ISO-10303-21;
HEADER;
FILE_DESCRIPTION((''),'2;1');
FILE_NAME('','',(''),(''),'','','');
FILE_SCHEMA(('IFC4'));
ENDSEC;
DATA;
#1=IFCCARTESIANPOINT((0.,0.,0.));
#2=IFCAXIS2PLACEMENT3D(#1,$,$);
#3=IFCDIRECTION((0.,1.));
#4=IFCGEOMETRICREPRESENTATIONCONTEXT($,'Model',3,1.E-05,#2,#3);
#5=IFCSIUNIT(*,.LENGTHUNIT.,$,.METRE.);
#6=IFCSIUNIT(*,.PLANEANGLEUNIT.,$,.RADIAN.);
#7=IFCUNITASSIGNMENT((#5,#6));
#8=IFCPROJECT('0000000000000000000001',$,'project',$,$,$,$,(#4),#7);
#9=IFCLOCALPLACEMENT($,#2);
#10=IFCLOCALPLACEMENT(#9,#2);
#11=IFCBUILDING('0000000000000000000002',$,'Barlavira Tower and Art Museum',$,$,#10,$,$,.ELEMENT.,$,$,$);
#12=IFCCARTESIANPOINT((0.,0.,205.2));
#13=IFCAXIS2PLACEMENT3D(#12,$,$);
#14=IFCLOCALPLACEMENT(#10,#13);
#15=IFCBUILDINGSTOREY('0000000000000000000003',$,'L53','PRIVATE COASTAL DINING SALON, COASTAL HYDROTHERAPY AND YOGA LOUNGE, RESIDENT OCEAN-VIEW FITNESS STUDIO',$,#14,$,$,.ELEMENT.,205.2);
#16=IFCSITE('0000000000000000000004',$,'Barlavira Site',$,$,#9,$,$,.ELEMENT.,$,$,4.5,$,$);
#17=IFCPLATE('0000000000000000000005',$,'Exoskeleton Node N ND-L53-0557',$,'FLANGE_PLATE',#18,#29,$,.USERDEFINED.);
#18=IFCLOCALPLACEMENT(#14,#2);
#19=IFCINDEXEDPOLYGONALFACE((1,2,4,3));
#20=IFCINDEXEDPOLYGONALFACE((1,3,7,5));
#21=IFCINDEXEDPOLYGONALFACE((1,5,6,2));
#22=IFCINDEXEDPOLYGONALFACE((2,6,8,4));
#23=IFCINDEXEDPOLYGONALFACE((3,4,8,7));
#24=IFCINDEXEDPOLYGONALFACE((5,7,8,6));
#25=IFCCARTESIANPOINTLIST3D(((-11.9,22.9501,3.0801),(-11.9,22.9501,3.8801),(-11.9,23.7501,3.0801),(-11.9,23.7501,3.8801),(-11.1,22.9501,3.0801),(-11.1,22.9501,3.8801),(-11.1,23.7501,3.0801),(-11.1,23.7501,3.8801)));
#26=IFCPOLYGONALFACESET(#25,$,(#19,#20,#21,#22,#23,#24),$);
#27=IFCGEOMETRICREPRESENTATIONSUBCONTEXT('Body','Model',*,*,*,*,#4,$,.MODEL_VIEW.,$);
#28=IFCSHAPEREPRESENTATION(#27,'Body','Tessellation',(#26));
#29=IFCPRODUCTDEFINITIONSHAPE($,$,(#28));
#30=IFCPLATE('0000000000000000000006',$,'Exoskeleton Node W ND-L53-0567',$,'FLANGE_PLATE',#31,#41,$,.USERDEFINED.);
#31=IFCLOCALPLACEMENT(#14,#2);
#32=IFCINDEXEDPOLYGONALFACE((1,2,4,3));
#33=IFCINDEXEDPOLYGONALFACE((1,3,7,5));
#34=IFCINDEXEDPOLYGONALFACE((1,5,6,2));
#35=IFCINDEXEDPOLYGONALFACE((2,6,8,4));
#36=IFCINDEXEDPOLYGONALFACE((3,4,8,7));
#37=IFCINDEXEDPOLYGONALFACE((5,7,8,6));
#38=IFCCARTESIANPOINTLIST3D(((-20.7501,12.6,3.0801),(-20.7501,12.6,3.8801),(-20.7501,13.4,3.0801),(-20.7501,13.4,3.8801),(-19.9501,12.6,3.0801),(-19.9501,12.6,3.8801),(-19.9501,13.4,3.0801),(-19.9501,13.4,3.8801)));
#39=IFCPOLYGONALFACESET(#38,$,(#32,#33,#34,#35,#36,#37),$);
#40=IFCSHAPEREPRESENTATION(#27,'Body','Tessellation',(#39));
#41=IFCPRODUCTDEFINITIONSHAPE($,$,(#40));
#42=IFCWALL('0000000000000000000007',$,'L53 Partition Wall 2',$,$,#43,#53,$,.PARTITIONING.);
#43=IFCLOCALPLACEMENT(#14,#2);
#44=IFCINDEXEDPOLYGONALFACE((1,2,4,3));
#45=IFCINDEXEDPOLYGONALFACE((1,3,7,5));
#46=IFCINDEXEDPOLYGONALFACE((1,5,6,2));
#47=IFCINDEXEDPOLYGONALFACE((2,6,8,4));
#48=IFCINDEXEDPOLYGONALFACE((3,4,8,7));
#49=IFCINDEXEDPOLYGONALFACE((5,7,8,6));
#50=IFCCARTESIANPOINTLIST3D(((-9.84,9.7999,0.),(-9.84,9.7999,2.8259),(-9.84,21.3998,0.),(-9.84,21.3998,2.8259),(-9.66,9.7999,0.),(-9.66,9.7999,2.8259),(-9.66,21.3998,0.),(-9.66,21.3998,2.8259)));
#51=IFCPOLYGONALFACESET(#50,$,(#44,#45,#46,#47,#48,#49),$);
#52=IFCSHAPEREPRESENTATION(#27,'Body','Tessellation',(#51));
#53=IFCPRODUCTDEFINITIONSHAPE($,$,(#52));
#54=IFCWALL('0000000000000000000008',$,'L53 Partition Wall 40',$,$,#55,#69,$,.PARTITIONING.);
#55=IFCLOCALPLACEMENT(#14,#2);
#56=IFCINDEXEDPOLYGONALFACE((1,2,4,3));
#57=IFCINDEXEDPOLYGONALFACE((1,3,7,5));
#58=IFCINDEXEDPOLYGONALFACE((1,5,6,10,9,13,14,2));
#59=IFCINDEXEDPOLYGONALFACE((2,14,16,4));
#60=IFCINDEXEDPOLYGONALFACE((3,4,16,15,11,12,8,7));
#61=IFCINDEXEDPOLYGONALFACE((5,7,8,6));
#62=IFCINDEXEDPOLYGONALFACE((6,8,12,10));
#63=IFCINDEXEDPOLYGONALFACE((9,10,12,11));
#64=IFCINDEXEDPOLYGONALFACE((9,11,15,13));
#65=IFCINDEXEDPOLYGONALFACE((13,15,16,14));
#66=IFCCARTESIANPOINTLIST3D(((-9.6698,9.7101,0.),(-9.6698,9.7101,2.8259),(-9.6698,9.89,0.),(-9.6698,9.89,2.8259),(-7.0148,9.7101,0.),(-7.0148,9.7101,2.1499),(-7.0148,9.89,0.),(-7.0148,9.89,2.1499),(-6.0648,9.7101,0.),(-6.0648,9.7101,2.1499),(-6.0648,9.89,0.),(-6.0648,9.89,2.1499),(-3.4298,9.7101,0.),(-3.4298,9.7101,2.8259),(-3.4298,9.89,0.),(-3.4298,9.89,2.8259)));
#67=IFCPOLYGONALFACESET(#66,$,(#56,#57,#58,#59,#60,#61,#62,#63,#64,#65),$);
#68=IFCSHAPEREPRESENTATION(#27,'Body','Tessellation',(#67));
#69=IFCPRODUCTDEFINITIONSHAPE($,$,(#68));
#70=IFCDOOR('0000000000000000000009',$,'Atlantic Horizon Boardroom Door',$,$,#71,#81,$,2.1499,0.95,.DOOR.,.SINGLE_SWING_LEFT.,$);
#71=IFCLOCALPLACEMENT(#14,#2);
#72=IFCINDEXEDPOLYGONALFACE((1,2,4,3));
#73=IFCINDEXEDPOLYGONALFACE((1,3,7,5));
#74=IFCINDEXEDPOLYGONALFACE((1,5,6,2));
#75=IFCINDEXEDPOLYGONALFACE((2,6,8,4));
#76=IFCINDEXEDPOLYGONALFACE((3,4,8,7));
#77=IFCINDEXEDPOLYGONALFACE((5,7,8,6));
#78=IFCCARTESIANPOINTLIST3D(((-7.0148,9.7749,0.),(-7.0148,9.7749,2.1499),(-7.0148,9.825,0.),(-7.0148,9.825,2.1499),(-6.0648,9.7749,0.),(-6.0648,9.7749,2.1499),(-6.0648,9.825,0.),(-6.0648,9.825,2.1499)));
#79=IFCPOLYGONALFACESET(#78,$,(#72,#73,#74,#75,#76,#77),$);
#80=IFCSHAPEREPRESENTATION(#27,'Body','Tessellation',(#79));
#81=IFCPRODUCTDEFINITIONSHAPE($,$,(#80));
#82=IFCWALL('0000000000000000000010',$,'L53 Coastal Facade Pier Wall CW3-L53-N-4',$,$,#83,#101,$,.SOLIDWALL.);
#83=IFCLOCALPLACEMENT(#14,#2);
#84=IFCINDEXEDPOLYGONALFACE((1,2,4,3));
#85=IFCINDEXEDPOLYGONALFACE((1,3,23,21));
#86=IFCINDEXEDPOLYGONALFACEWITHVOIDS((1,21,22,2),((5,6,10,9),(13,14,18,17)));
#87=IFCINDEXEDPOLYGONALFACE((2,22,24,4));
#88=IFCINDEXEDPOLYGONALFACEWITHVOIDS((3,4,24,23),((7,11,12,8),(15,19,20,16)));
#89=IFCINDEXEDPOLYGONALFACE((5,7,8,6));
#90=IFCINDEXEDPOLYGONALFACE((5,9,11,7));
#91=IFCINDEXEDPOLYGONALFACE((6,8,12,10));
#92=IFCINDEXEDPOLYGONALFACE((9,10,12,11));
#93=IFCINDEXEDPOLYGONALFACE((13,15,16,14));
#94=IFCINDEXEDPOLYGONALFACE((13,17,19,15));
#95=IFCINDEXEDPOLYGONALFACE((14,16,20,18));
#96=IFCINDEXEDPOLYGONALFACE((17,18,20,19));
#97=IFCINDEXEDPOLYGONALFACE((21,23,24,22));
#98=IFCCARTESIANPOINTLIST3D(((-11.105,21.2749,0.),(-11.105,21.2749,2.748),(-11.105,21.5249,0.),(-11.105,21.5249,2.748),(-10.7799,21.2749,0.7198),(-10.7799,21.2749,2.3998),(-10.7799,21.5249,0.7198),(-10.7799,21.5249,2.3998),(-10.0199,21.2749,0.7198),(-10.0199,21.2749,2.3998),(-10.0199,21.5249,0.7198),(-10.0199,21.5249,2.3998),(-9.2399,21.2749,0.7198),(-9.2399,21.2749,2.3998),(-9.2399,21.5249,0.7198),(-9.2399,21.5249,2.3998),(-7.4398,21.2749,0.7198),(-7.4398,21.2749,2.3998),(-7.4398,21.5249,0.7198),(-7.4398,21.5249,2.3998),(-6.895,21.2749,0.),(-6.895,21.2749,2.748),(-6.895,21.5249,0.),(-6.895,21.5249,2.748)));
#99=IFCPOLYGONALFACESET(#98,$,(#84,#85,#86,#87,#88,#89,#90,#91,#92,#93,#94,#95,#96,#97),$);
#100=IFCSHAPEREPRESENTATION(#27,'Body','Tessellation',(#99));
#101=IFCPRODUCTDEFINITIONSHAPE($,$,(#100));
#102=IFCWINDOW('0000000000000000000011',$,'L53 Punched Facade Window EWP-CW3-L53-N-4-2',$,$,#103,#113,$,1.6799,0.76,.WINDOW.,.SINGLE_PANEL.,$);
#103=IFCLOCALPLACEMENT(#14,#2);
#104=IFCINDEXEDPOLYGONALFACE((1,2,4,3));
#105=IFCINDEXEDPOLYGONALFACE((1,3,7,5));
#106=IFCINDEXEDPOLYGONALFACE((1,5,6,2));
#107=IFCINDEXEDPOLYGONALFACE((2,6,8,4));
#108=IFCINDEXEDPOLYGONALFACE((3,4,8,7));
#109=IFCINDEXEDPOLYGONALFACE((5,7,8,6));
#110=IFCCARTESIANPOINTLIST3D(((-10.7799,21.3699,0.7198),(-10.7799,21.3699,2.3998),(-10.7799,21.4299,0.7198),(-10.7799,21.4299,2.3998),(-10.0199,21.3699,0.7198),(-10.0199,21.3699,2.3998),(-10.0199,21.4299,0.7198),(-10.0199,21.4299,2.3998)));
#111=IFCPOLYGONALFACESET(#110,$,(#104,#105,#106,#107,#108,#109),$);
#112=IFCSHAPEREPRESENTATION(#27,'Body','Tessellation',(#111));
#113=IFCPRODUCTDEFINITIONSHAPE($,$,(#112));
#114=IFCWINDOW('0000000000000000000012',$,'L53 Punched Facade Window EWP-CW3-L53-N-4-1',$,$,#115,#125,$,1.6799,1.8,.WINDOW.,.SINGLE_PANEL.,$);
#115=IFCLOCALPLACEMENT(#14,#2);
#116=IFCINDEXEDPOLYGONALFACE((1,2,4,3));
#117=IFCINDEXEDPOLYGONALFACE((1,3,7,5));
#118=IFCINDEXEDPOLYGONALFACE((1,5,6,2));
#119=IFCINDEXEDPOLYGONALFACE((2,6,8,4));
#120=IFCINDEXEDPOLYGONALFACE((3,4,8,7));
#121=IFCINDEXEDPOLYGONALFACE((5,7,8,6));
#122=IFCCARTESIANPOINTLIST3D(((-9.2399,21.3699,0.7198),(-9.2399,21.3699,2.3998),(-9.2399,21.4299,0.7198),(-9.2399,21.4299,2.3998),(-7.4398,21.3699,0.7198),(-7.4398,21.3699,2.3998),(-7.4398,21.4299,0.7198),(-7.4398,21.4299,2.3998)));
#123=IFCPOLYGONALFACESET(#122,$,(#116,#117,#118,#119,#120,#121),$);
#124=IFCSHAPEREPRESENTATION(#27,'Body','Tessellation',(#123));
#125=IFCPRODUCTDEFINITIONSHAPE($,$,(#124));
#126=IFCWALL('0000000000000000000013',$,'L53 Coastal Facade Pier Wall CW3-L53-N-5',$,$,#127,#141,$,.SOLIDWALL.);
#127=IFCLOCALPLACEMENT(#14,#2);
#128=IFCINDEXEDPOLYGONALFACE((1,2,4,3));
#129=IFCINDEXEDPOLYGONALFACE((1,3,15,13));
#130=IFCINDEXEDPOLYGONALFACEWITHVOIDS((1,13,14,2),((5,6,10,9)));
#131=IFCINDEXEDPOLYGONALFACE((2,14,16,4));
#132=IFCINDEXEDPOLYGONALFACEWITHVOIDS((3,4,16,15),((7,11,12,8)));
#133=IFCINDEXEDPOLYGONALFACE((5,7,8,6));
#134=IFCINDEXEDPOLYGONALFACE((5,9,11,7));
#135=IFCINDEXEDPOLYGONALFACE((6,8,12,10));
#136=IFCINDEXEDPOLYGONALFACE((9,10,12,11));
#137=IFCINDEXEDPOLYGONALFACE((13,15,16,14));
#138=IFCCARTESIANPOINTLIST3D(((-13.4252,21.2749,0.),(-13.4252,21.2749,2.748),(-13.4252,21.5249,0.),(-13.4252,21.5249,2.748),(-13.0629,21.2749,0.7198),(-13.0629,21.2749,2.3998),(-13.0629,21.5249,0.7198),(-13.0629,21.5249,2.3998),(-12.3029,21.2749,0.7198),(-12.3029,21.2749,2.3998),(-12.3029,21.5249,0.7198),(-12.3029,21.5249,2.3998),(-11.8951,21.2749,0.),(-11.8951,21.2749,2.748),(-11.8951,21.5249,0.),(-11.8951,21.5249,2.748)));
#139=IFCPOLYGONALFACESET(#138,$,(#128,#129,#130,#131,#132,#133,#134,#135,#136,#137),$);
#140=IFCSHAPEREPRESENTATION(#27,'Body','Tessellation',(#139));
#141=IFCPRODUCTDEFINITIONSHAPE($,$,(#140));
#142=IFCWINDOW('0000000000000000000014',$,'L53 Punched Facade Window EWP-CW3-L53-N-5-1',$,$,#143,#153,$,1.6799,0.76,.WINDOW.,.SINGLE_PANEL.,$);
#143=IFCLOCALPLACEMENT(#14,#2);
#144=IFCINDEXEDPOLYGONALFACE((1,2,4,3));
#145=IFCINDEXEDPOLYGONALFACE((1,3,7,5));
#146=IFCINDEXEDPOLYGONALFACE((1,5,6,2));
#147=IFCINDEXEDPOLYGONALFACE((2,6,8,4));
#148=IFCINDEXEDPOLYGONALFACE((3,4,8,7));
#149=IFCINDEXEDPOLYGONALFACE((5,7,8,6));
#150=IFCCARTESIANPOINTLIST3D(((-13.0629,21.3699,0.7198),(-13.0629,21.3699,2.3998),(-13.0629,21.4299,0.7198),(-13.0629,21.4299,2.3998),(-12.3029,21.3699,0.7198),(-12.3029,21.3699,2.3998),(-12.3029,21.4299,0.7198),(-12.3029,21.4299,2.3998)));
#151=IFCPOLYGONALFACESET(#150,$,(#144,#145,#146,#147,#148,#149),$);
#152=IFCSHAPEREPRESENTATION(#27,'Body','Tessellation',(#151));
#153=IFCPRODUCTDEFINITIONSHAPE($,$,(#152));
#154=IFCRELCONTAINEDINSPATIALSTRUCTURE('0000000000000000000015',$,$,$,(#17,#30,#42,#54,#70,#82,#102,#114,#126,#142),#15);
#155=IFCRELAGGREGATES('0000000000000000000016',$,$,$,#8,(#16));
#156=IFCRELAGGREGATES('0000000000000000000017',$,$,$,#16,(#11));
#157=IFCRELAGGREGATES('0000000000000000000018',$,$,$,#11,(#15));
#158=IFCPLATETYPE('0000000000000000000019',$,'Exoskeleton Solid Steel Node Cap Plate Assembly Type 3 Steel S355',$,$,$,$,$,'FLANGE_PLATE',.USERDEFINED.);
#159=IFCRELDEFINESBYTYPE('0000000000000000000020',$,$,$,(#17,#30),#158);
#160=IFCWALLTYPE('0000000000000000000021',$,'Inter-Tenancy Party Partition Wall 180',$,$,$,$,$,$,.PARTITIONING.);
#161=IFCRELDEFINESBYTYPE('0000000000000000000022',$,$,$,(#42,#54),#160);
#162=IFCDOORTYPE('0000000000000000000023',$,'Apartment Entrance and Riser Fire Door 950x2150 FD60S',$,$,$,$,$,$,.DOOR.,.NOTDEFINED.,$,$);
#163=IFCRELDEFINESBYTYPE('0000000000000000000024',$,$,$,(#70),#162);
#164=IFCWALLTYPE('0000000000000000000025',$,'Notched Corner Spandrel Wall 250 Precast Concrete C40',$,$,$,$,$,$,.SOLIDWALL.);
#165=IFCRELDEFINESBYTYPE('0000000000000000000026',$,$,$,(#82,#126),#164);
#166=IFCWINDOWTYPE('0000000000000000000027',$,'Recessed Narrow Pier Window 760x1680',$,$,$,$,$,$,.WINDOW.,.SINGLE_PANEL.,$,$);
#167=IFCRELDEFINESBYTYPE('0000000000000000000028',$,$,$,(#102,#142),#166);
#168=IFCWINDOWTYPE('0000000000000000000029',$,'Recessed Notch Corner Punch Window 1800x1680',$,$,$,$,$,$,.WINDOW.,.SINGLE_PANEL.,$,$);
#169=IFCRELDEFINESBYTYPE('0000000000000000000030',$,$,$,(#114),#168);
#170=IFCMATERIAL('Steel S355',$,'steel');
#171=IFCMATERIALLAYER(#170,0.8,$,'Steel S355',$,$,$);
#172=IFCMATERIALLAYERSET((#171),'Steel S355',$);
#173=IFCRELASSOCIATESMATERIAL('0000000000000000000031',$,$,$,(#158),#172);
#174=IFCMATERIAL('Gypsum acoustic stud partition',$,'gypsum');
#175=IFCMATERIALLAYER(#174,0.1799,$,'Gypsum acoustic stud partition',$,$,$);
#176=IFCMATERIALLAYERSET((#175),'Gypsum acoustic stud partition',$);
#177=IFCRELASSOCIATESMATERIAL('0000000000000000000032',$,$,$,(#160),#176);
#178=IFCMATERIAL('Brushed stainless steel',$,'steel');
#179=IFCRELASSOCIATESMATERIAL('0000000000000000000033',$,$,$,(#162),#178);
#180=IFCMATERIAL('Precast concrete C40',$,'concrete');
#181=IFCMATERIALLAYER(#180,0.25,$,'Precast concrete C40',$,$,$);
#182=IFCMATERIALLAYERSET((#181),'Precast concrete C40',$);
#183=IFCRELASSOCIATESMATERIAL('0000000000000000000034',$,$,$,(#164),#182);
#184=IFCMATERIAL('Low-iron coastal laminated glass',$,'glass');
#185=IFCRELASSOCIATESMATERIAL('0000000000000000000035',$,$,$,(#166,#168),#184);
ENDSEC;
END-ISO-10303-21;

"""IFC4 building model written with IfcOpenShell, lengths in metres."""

from ifc_helpers import new_model, si_unit, direction, frame, frame_2d, origin, origin_2d, place, context, subcontext, project, spatial, rectangle, extrude, material, layer, layer_set, type_object, element, fill, save


model = new_model("IFC4")

# Units and contexts
model_context = context("Model", 3, precision=1e-05, world=origin(), true_north=direction((0.0, 1.0)))
body_context = subcontext(model_context, "Body", "Model", "MODEL_VIEW")
ifc_project = project(units=[si_unit("LENGTHUNIT", "METRE"), si_unit("PLANEANGLEUNIT", "RADIAN")], contexts=[model_context])

# Site, building, storey
site_placement = place(None, origin())
site = spatial("IfcSite", under=ifc_project, at=site_placement, Name="Barlavira Site", CompositionType="ELEMENT", RefElevation=4.5)
building_placement = place(site_placement, origin())
building = spatial("IfcBuilding", under=site, at=building_placement, Name="Barlavira Tower and Art Museum", CompositionType="ELEMENT")
storey_placement = place(building_placement, frame((0.0, 0.0, 205.2)))
storey = spatial("IfcBuildingStorey", under=building, at=storey_placement, Name="L53", Description="PRIVATE COASTAL DINING SALON, COASTAL HYDROTHERAPY AND YOGA LOUNGE, RESIDENT OCEAN-VIEW FITNESS STUDIO", CompositionType="ELEMENT", Elevation=205.2)

# Shared definitions
ifc_material_1 = material(Name="Steel S355", Category="steel")

# Plates
ifc_layer_1 = layer(ifc_material_1, 0.8, Name="Steel S355")
ifc_layer_set_1 = layer_set([ifc_layer_1], Name="Steel S355")
plate_type = type_object("IfcPlateType", Name="Exoskeleton Solid Steel Node Cap Plate Assembly Type 3 Steel S355", ElementType="FLANGE_PLATE", PredefinedType="USERDEFINED", material=ifc_layer_set_1)
for number, where, z_axis, x_axis, name in (
    (1, (-11.5, 23.3501, 3.0801), (0.0, 0.0, 1.0), (1.0, 0.0, 0.0), "Exoskeleton Node N ND-L53-0557"),
    (2, (-20.3501, 13.0, 3.0801), (0.0, 0.0, 1.0), (1.0, 0.0, 0.0), "Exoskeleton Node W ND-L53-0567"),
):
    element("IfcPlate", number, at=place(storey_placement, frame(where, z_axis=z_axis, x_axis=x_axis)), inside=storey, type_object=plate_type, Name=name, ObjectType="FLANGE_PLATE", PredefinedType="USERDEFINED", context=body_context, shape_type="SweptSolid", body=[
        extrude(rectangle(XDim=0.8, YDim=0.8, at=origin_2d()), origin(), (0.0, 0.0, 1.0), 0.8),
    ])

# Wall
ifc_material_2 = material(Name="Gypsum acoustic stud partition", Category="gypsum")
ifc_layer_2 = layer(ifc_material_2, 0.1799, Name="Gypsum acoustic stud partition")
ifc_layer_set_2 = layer_set([ifc_layer_2], Name="Gypsum acoustic stud partition")
wall_type_1 = type_object("IfcWallType", Name="Inter-Tenancy Party Partition Wall 180", PredefinedType="PARTITIONING", material=ifc_layer_set_2)
wall_1_placement = place(storey_placement, frame((-9.75, 9.8, 0.0), z_axis=(0.0, 0.0, 1.0), x_axis=(0.0, 1.0, 0.0)))
element("IfcWall", 3, at=wall_1_placement, inside=storey, type_object=wall_type_1, Name="L53 Partition Wall 2", PredefinedType="PARTITIONING", context=body_context, shape_type="SweptSolid", body=[
    extrude(rectangle(XDim=11.5999, YDim=0.1799, at=frame_2d((5.7998, 0.0))), origin(), (0.0, 0.0, 1.0), 2.8259),
])

# Wall, opening, door
ifc_material_3 = material(Name="Brushed stainless steel", Category="steel")
door_type = type_object("IfcDoorType", Name="Apartment Entrance and Riser Fire Door 950x2150 FD60S", OperationType="NOTDEFINED", PredefinedType="DOOR", material=ifc_material_3)
wall_2_placement = place(storey_placement, frame((-9.6699, 9.8, 0.0), z_axis=(0.0, 0.0, 1.0), x_axis=(1.0, 0.0, 0.0)))
wall_2 = element("IfcWall", 4, at=wall_2_placement, inside=storey, type_object=wall_type_1, Name="L53 Partition Wall 40", PredefinedType="PARTITIONING", context=body_context, shape_type="SweptSolid", body=[
    extrude(rectangle(XDim=6.24, YDim=0.1799, at=frame_2d((3.1201, 0.0))), origin(), (0.0, 0.0, 1.0), 2.8259),
])
opening_1_placement = place(wall_2_placement, frame((2.655, 0.0, 0.0)))
opening_1 = element("IfcOpeningElement", 5, at=opening_1_placement, cuts=wall_2, PredefinedType="OPENING", context=body_context, shape_type="SweptSolid", body=[
    extrude(rectangle(XDim=0.95, YDim=2.1499, at=frame_2d((0.4751, 1.075))), frame((0.0, 0.1001, 0.0), z_axis=(0.0, -1.0, 0.0), x_axis=(1.0, 0.0, 0.0)), (0.0, 0.0, 1.0), 0.2),
])
door_1_placement = place(opening_1_placement, origin())
door_1 = element("IfcDoor", 6, at=door_1_placement, inside=storey, type_object=door_type, Name="Atlantic Horizon Boardroom Door", OperationType="SINGLE_SWING_LEFT", OverallHeight=2.1499, OverallWidth=0.95, PredefinedType="DOOR", context=body_context, shape_type="SweptSolid", body=[
    extrude(rectangle(XDim=0.95, YDim=2.1499, at=frame_2d((0.4751, 1.075))), frame((0.0, 0.0249, 0.0), z_axis=(0.0, -1.0, 0.0), x_axis=(1.0, 0.0, 0.0)), (0.0, 0.0, 1.0), 0.05),
])
fill(opening_1, door_1)

# Wall, openings, windows
ifc_material_4 = material(Name="Precast concrete C40", Category="concrete")
ifc_layer_3 = layer(ifc_material_4, 0.25, Name="Precast concrete C40")
ifc_layer_set_3 = layer_set([ifc_layer_3], Name="Precast concrete C40")
wall_type_2 = type_object("IfcWallType", Name="Notched Corner Spandrel Wall 250 Precast Concrete C40", PredefinedType="SOLIDWALL", material=ifc_layer_set_3)
wall_3_placement = place(storey_placement, frame((-6.895, 21.3999, 0.0), z_axis=(0.0, 0.0, 1.0), x_axis=(-1.0, 0.0, 0.0)))
wall_3 = element("IfcWall", 7, at=wall_3_placement, inside=storey, type_object=wall_type_2, Name="L53 Coastal Facade Pier Wall CW3-L53-N-4", PredefinedType="SOLIDWALL", context=body_context, shape_type="SweptSolid", body=[
    extrude(rectangle(XDim=4.21, YDim=0.25, at=frame_2d((2.105, 0.0))), origin(), (0.0, 0.0, 1.0), 2.748),
])
opening_2_placement = place(wall_3_placement, frame((0.5449, 0.0, 0.72)))
opening_2 = element("IfcOpeningElement", 8, at=opening_2_placement, cuts=wall_3, PredefinedType="OPENING", context=body_context, shape_type="SweptSolid", body=[
    extrude(rectangle(XDim=1.8, YDim=1.6799, at=frame_2d((0.8999, 0.8398))), frame((0.0, 0.135, 0.0), z_axis=(0.0, -1.0, 0.0), x_axis=(1.0, 0.0, 0.0)), (0.0, 0.0, 1.0), 0.27),
])
opening_3_placement = place(wall_3_placement, frame((3.125, 0.0, 0.72)))
opening_3 = element("IfcOpeningElement", 9, at=opening_3_placement, cuts=wall_3, PredefinedType="OPENING", context=body_context, shape_type="SweptSolid", body=[
    extrude(rectangle(XDim=0.76, YDim=1.6799, at=frame_2d((0.3799, 0.8398))), frame((0.0, 0.135, 0.0), z_axis=(0.0, -1.0, 0.0), x_axis=(1.0, 0.0, 0.0)), (0.0, 0.0, 1.0), 0.27),
])
ifc_material_5 = material(Name="Low-iron coastal laminated glass", Category="glass")
window_type_1 = type_object("IfcWindowType", Name="Recessed Narrow Pier Window 760x1680", PartitioningType="SINGLE_PANEL", PredefinedType="WINDOW", material=ifc_material_5)
window_1_placement = place(opening_3_placement, origin())
window_1 = element("IfcWindow", 10, at=window_1_placement, inside=storey, type_object=window_type_1, Name="L53 Punched Facade Window EWP-CW3-L53-N-4-2", OverallHeight=1.6799, OverallWidth=0.76, PartitioningType="SINGLE_PANEL", PredefinedType="WINDOW", context=body_context, shape_type="SweptSolid", body=[
    extrude(rectangle(XDim=0.76, YDim=1.6799, at=frame_2d((0.3799, 0.8398))), frame((0.0, 0.03, 0.0), z_axis=(0.0, -1.0, 0.0), x_axis=(1.0, 0.0, 0.0)), (0.0, 0.0, 1.0), 0.0601),
])
fill(opening_3, window_1)
window_type_2 = type_object("IfcWindowType", Name="Recessed Notch Corner Punch Window 1800x1680", PartitioningType="SINGLE_PANEL", PredefinedType="WINDOW", material=ifc_material_5)
window_2_placement = place(opening_2_placement, origin())
window_2 = element("IfcWindow", 11, at=window_2_placement, inside=storey, type_object=window_type_2, Name="L53 Punched Facade Window EWP-CW3-L53-N-4-1", OverallHeight=1.6799, OverallWidth=1.8, PartitioningType="SINGLE_PANEL", PredefinedType="WINDOW", context=body_context, shape_type="SweptSolid", body=[
    extrude(rectangle(XDim=1.8, YDim=1.6799, at=frame_2d((0.8999, 0.8398))), frame((0.0, 0.03, 0.0), z_axis=(0.0, -1.0, 0.0), x_axis=(1.0, 0.0, 0.0)), (0.0, 0.0, 1.0), 0.0601),
])
fill(opening_2, window_2)

# Wall, opening, window
wall_4_placement = place(storey_placement, frame((-11.895, 21.3999, 0.0), z_axis=(0.0, 0.0, 1.0), x_axis=(-1.0, 0.0, 0.0)))
wall_4 = element("IfcWall", 12, at=wall_4_placement, inside=storey, type_object=wall_type_2, Name="L53 Coastal Facade Pier Wall CW3-L53-N-5", PredefinedType="SOLIDWALL", context=body_context, shape_type="SweptSolid", body=[
    extrude(rectangle(XDim=1.53, YDim=0.25, at=frame_2d((0.7651, 0.0))), origin(), (0.0, 0.0, 1.0), 2.748),
])
opening_4_placement = place(wall_4_placement, frame((0.408, 0.0, 0.72)))
opening_4 = element("IfcOpeningElement", 13, at=opening_4_placement, cuts=wall_4, PredefinedType="OPENING", context=body_context, shape_type="SweptSolid", body=[
    extrude(rectangle(XDim=0.76, YDim=1.6799, at=frame_2d((0.3799, 0.8398))), frame((0.0, 0.135, 0.0), z_axis=(0.0, -1.0, 0.0), x_axis=(1.0, 0.0, 0.0)), (0.0, 0.0, 1.0), 0.27),
])
window_3_placement = place(opening_4_placement, origin())
window_3 = element("IfcWindow", 14, at=window_3_placement, inside=storey, type_object=window_type_1, Name="L53 Punched Facade Window EWP-CW3-L53-N-5-1", OverallHeight=1.6799, OverallWidth=0.76, PartitioningType="SINGLE_PANEL", PredefinedType="WINDOW", context=body_context, shape_type="SweptSolid", body=[
    extrude(rectangle(XDim=0.76, YDim=1.6799, at=frame_2d((0.3799, 0.8398))), frame((0.0, 0.03, 0.0), z_axis=(0.0, -1.0, 0.0), x_axis=(1.0, 0.0, 0.0)), (0.0, 0.0, 1.0), 0.0601),
])
fill(opening_4, window_3)

save(model, "model.ifc")
